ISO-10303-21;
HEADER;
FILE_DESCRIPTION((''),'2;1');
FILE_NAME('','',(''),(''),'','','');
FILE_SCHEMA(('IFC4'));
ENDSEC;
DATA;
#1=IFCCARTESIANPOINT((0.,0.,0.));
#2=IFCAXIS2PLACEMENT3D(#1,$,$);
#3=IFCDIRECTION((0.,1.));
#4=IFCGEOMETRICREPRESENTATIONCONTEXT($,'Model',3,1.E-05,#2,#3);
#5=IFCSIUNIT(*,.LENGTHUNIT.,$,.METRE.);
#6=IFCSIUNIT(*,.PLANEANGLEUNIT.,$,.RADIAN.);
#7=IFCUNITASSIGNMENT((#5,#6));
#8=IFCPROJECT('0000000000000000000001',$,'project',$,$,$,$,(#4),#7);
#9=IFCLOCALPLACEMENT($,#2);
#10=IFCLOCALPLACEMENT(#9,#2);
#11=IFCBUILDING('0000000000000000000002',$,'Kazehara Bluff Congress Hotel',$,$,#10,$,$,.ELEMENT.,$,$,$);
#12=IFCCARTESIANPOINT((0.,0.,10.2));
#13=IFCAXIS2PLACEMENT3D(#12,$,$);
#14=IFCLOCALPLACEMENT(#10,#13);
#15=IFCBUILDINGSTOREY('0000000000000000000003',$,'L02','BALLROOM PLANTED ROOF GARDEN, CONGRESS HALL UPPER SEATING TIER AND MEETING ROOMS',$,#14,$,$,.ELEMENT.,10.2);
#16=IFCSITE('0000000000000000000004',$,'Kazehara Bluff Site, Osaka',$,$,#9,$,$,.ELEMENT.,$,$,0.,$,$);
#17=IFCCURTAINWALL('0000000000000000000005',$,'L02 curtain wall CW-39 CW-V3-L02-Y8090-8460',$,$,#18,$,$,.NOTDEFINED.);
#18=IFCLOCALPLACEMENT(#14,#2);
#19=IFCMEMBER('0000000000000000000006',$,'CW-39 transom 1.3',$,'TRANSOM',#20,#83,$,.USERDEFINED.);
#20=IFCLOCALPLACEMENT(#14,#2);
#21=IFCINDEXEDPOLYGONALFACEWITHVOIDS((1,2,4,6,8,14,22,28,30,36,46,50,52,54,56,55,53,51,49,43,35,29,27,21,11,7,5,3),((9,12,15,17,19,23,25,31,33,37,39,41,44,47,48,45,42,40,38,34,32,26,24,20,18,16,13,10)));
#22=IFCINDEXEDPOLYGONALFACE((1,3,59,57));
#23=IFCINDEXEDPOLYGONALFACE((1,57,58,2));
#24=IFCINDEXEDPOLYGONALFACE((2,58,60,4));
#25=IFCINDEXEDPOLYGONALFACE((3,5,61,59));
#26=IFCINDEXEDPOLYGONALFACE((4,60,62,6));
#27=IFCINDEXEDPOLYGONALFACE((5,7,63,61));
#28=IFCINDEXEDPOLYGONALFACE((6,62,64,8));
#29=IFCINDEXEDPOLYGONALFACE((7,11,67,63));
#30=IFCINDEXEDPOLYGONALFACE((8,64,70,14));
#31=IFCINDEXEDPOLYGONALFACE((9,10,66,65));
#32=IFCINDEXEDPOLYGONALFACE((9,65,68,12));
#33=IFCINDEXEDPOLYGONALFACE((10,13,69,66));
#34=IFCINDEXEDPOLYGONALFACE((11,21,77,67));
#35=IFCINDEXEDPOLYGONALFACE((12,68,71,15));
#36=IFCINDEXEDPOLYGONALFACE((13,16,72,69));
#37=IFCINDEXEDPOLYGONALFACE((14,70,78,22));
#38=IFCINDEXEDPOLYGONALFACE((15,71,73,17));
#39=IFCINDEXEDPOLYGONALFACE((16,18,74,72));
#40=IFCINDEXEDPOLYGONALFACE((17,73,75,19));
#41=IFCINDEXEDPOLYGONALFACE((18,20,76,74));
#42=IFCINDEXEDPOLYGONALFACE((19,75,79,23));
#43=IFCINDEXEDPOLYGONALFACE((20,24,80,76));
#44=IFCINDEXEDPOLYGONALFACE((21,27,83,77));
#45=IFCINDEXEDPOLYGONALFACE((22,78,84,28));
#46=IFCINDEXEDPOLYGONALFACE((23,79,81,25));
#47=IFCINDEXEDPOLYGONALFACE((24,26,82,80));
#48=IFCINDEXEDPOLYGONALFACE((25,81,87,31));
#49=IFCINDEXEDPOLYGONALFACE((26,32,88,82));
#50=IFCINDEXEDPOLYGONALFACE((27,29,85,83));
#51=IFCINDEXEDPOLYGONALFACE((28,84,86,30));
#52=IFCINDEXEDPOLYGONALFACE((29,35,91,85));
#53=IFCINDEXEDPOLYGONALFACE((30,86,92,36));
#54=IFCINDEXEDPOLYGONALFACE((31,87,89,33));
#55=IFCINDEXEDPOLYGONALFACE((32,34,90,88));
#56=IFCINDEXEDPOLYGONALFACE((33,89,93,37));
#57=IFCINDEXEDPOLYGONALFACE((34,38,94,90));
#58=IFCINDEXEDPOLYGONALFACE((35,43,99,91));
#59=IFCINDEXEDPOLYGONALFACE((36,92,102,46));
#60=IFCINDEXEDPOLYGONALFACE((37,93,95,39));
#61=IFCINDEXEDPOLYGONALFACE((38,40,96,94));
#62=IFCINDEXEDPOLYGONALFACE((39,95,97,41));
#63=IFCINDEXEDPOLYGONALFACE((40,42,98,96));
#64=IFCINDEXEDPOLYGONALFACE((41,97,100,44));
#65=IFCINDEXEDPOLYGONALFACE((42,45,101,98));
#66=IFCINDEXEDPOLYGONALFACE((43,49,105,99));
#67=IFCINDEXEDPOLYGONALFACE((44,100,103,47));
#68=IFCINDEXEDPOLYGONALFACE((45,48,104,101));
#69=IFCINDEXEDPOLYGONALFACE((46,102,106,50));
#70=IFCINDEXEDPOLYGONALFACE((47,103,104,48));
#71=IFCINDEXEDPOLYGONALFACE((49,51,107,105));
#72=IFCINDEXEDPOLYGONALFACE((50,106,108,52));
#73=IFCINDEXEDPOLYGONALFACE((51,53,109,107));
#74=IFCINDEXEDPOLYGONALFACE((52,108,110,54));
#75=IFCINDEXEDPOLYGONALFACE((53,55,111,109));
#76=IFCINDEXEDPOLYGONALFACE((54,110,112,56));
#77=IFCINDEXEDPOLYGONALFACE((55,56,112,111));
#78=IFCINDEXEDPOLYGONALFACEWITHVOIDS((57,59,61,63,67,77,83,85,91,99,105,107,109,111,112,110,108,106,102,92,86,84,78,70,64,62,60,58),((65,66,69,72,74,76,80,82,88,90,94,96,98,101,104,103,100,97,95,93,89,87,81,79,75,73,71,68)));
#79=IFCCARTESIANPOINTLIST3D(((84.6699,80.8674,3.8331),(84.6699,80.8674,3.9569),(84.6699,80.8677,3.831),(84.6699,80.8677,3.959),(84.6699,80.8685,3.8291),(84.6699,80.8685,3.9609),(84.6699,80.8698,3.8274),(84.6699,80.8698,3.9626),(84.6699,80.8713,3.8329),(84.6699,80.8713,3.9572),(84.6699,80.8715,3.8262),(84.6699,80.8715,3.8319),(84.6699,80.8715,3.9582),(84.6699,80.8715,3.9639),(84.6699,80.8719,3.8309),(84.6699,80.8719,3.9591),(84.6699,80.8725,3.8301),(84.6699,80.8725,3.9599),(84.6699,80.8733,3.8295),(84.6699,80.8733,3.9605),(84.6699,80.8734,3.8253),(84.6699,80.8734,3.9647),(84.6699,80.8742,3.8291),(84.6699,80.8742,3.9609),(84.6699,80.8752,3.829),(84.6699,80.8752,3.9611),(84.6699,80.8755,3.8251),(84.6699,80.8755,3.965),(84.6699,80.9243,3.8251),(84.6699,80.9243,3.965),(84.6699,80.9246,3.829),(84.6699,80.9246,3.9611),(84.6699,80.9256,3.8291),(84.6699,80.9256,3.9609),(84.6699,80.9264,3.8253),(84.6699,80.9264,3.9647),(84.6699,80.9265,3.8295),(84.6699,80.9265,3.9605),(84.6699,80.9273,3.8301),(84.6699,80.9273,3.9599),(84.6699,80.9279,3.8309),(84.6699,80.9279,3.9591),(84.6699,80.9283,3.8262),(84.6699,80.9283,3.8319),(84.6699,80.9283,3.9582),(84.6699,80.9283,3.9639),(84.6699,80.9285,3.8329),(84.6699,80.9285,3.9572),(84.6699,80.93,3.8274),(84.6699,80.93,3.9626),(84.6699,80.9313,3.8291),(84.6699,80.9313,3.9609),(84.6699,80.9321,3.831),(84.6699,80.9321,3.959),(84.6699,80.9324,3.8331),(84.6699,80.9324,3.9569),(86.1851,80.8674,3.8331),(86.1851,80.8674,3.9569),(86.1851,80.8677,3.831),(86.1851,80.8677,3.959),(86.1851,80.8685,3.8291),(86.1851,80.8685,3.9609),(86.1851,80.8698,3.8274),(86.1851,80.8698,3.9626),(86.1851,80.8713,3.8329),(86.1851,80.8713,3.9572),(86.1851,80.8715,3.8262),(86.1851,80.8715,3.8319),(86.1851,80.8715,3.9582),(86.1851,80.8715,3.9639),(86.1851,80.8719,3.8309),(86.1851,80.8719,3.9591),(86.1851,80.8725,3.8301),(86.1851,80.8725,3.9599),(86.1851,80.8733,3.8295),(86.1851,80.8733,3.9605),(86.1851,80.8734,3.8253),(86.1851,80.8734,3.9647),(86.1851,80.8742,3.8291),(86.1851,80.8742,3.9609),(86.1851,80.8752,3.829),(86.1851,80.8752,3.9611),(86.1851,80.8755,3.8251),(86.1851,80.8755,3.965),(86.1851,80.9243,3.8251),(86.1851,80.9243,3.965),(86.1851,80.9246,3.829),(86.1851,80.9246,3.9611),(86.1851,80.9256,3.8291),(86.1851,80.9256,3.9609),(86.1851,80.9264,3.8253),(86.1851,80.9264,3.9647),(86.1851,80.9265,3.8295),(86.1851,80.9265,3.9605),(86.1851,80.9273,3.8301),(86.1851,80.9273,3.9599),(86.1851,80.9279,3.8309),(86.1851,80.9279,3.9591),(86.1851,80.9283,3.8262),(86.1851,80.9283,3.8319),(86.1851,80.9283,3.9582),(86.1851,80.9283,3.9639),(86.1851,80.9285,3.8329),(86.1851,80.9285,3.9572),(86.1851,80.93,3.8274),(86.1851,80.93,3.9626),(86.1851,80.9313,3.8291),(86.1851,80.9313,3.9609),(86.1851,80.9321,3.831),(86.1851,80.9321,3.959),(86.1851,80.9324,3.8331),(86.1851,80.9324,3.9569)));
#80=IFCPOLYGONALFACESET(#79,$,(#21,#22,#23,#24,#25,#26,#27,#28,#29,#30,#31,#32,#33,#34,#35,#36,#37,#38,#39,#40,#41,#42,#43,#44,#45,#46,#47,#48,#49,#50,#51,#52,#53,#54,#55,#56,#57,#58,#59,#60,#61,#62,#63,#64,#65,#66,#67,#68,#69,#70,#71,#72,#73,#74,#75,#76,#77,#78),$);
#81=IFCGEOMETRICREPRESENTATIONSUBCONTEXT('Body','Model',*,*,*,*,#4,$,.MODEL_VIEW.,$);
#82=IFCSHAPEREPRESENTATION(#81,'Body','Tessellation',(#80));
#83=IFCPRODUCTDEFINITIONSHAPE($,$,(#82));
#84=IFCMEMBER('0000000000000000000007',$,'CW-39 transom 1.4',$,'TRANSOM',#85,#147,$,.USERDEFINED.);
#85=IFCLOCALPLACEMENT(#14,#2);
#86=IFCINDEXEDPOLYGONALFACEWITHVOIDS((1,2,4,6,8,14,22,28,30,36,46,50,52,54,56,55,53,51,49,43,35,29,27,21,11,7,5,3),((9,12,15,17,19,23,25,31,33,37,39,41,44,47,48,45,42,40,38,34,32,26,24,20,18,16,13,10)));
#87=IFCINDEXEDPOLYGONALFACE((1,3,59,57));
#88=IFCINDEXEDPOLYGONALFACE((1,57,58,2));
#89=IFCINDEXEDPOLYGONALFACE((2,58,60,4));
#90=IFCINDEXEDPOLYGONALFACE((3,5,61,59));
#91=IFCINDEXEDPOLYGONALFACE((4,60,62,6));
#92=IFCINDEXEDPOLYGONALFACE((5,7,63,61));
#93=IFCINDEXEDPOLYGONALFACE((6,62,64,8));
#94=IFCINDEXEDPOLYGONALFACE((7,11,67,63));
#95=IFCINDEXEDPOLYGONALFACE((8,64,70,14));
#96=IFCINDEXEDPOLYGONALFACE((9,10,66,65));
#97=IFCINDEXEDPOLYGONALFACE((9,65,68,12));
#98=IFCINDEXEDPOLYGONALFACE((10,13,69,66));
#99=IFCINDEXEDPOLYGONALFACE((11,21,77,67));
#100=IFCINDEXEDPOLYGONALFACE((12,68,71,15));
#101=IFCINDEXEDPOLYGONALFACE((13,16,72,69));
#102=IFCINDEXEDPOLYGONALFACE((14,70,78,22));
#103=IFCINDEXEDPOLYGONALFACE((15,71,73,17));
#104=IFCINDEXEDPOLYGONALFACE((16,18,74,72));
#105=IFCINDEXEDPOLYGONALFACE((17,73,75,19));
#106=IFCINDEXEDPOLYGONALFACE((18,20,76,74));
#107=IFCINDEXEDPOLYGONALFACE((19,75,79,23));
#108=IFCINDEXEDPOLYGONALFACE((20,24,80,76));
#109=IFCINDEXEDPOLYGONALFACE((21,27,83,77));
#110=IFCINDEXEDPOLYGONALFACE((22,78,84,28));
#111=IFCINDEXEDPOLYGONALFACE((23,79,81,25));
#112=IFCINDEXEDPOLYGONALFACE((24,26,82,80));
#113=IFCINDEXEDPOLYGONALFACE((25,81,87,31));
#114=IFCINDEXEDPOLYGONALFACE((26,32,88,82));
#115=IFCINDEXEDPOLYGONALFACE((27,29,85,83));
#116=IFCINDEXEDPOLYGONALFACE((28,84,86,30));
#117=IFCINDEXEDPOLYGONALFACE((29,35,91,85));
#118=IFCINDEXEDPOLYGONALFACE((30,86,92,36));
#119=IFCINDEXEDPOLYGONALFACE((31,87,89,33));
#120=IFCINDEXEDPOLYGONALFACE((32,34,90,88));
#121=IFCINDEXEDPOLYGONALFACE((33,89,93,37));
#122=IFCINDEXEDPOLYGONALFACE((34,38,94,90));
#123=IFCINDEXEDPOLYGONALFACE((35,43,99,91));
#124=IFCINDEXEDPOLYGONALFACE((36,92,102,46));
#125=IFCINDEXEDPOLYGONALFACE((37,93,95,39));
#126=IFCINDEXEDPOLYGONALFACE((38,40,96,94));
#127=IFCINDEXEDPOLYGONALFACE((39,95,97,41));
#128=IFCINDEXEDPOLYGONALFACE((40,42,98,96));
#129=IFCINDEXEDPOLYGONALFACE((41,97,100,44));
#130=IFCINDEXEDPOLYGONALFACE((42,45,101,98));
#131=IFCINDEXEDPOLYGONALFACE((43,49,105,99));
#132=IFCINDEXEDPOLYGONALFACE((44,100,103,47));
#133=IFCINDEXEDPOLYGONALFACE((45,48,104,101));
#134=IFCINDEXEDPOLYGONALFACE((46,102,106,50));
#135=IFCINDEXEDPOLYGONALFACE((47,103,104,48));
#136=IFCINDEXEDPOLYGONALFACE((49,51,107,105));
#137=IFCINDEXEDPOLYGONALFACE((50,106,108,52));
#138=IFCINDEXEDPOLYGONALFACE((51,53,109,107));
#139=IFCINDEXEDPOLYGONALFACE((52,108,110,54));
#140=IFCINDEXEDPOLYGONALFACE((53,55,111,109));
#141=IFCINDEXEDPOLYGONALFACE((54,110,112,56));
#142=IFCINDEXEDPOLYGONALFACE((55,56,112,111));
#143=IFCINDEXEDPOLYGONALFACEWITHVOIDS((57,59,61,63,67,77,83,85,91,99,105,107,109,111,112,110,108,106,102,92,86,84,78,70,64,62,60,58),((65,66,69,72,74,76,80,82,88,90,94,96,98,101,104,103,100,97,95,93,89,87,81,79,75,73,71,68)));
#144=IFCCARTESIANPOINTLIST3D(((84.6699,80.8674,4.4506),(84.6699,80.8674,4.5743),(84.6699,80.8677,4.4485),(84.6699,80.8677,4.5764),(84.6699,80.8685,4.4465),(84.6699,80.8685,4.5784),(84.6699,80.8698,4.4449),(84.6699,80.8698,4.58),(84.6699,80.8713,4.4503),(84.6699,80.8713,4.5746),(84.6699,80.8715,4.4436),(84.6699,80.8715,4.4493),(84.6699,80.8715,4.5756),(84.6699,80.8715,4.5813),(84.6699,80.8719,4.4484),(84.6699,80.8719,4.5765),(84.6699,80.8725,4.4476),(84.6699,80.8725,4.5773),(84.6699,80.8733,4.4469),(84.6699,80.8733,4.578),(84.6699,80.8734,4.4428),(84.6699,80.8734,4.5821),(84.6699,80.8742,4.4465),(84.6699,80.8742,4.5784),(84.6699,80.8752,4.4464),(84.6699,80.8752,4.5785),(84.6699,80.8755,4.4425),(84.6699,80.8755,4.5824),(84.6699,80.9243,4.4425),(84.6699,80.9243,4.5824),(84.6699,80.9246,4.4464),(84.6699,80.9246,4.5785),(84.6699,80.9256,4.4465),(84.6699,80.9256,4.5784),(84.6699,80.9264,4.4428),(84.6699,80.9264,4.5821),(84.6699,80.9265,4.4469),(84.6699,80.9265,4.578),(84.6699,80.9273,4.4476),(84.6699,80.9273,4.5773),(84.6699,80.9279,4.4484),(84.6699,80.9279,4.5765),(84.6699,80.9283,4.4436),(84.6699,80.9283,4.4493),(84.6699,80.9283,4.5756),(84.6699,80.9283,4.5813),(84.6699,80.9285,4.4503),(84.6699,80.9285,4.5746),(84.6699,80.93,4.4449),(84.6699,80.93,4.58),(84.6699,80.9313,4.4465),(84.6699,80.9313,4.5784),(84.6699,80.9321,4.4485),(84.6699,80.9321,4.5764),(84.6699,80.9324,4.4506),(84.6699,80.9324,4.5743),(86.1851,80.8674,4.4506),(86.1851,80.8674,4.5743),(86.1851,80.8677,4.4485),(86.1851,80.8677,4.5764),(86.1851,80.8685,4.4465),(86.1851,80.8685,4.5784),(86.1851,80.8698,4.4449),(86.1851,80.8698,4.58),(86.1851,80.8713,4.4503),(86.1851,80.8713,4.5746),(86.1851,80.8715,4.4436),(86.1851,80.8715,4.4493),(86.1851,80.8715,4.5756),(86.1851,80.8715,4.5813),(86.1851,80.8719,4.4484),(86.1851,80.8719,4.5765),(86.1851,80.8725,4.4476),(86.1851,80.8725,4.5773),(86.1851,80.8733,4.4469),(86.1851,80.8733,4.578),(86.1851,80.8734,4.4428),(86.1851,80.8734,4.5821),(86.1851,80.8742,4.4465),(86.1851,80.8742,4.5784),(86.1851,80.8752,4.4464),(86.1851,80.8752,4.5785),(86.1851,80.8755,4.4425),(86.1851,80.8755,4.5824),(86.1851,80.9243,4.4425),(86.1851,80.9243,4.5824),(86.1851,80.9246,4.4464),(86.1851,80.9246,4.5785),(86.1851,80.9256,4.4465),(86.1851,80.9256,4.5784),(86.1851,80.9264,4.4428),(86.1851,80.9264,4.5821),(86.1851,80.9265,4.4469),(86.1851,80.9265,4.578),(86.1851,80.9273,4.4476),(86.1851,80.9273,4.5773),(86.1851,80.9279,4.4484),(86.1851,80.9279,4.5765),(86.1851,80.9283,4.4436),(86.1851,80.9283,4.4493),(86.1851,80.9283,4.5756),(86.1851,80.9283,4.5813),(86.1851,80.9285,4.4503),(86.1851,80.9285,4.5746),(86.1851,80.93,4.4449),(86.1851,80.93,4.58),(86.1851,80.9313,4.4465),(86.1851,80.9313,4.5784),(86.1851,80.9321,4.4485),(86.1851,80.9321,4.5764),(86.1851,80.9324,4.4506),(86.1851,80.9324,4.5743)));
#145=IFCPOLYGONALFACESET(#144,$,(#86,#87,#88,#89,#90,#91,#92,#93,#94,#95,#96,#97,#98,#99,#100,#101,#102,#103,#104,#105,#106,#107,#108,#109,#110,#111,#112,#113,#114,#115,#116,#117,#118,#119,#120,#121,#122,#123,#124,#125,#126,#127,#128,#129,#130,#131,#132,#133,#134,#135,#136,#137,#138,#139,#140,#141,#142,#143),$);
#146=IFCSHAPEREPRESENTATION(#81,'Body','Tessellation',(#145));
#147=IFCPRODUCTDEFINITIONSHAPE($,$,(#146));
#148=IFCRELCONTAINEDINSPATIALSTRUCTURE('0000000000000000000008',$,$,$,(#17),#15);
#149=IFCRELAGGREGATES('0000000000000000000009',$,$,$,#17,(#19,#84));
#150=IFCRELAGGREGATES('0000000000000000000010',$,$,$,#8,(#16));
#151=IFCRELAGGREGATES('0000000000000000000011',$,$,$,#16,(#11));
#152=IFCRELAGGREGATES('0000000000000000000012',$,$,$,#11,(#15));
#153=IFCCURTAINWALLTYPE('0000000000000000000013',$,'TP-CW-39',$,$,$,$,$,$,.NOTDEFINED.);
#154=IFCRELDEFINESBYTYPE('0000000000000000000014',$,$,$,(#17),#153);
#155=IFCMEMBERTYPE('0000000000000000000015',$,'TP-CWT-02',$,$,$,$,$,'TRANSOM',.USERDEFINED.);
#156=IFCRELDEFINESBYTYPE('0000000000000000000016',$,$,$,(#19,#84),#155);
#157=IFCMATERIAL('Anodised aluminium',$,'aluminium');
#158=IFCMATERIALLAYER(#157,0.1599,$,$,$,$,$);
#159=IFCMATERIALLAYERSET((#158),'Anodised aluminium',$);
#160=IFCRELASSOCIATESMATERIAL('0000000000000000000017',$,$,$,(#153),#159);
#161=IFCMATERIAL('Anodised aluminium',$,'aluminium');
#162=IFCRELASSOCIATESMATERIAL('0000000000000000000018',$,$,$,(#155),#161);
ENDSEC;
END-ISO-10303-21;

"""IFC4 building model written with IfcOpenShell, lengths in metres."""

from ifc_helpers import new_model, si_unit, direction, frame, origin, origin_2d, place, context, subcontext, project, spatial, hollow_rectangle, extrude, material, layer, layer_set, material_profile, profile_set, type_object, element, aggregate, save


model = new_model("IFC4")

# Units and contexts
model_context = context("Model", 3, precision=1e-05, world=origin(), true_north=direction((0.0, 1.0)))
body_context = subcontext(model_context, "Body", "Model", "MODEL_VIEW")
ifc_project = project(units=[si_unit("LENGTHUNIT", "METRE"), si_unit("PLANEANGLEUNIT", "RADIAN")], contexts=[model_context])

# Site, building, storey
site_placement = place(None, origin())
site = spatial("IfcSite", under=ifc_project, at=site_placement, Name="Kazehara Bluff Site, Osaka", CompositionType="ELEMENT", RefElevation=0.0)
building_placement = place(site_placement, origin())
building = spatial("IfcBuilding", under=site, at=building_placement, Name="Kazehara Bluff Congress Hotel", CompositionType="ELEMENT")
storey_placement = place(building_placement, frame((0.0, 0.0, 10.2)))
storey = spatial("IfcBuildingStorey", under=building, at=storey_placement, Name="L02", Description="BALLROOM PLANTED ROOF GARDEN, CONGRESS HALL UPPER SEATING TIER AND MEETING ROOMS", CompositionType="ELEMENT", Elevation=10.2)

# Curtain wall
ifc_material_1 = material(Name="Anodised aluminium", Category="aluminium")
ifc_layer_1 = layer(ifc_material_1, 0.1599)
ifc_layer_set_1 = layer_set([ifc_layer_1], Name="Anodised aluminium")
curtain_wall_type = type_object("IfcCurtainWallType", Name="TP-CW-39", PredefinedType="NOTDEFINED", material=ifc_layer_set_1)
curtain_wall_1_placement = place(storey_placement, origin())
curtain_wall_1 = element("IfcCurtainWall", 1, at=curtain_wall_1_placement, inside=storey, type_object=curtain_wall_type, Name="L02 curtain wall CW-39 CW-V3-L02-Y8090-8460", PredefinedType="NOTDEFINED")

# Members
ifc_material_2 = material(Name="Anodised aluminium", Category="aluminium")
ifc_material_profile_1 = material_profile(ifc_material_2, hollow_rectangle(XDim=0.0649, YDim=0.1399, WallThickness=0.0039, InnerFilletRadius=0.0039, OuterFilletRadius=0.0081, at=origin_2d()))
ifc_profile_set_1 = profile_set([ifc_material_profile_1], Name="Anodised aluminium")
member_type_1 = type_object("IfcMemberType", Name="TP-CWT-02", ElementType="TRANSOM", PredefinedType="USERDEFINED", material=ifc_profile_set_1)
member_1_placement = place(storey_placement, frame((84.6699, 80.8999, 3.895), z_axis=(1.0, 0.0, 0.0), x_axis=(0.0, 1.0, 0.0)))
member_1 = element("IfcMember", 2, at=member_1_placement, type_object=member_type_1, Name="CW-39 transom 1.3", ObjectType="TRANSOM", PredefinedType="USERDEFINED", context=body_context, shape_type="SweptSolid", body=[
    extrude(hollow_rectangle(XDim=0.0649, YDim=0.1399, WallThickness=0.0039, InnerFilletRadius=0.0039, OuterFilletRadius=0.0081, at=origin_2d()), origin(), (0.0, 0.0, 1.0), 1.5151),
])
member_2_placement = place(storey_placement, frame((84.6699, 80.8999, 4.5125), z_axis=(1.0, 0.0, 0.0), x_axis=(0.0, 1.0, 0.0)))
member_2 = element("IfcMember", 3, at=member_2_placement, type_object=member_type_1, Name="CW-39 transom 1.4", ObjectType="TRANSOM", PredefinedType="USERDEFINED", context=body_context, shape_type="SweptSolid", body=[
    extrude(hollow_rectangle(XDim=0.0649, YDim=0.1399, WallThickness=0.0039, InnerFilletRadius=0.0039, OuterFilletRadius=0.0081, at=origin_2d()), origin(), (0.0, 0.0, 1.0), 1.5151),
])

aggregate(curtain_wall_1, [member_1, member_2])

save(model, "model.ifc")
